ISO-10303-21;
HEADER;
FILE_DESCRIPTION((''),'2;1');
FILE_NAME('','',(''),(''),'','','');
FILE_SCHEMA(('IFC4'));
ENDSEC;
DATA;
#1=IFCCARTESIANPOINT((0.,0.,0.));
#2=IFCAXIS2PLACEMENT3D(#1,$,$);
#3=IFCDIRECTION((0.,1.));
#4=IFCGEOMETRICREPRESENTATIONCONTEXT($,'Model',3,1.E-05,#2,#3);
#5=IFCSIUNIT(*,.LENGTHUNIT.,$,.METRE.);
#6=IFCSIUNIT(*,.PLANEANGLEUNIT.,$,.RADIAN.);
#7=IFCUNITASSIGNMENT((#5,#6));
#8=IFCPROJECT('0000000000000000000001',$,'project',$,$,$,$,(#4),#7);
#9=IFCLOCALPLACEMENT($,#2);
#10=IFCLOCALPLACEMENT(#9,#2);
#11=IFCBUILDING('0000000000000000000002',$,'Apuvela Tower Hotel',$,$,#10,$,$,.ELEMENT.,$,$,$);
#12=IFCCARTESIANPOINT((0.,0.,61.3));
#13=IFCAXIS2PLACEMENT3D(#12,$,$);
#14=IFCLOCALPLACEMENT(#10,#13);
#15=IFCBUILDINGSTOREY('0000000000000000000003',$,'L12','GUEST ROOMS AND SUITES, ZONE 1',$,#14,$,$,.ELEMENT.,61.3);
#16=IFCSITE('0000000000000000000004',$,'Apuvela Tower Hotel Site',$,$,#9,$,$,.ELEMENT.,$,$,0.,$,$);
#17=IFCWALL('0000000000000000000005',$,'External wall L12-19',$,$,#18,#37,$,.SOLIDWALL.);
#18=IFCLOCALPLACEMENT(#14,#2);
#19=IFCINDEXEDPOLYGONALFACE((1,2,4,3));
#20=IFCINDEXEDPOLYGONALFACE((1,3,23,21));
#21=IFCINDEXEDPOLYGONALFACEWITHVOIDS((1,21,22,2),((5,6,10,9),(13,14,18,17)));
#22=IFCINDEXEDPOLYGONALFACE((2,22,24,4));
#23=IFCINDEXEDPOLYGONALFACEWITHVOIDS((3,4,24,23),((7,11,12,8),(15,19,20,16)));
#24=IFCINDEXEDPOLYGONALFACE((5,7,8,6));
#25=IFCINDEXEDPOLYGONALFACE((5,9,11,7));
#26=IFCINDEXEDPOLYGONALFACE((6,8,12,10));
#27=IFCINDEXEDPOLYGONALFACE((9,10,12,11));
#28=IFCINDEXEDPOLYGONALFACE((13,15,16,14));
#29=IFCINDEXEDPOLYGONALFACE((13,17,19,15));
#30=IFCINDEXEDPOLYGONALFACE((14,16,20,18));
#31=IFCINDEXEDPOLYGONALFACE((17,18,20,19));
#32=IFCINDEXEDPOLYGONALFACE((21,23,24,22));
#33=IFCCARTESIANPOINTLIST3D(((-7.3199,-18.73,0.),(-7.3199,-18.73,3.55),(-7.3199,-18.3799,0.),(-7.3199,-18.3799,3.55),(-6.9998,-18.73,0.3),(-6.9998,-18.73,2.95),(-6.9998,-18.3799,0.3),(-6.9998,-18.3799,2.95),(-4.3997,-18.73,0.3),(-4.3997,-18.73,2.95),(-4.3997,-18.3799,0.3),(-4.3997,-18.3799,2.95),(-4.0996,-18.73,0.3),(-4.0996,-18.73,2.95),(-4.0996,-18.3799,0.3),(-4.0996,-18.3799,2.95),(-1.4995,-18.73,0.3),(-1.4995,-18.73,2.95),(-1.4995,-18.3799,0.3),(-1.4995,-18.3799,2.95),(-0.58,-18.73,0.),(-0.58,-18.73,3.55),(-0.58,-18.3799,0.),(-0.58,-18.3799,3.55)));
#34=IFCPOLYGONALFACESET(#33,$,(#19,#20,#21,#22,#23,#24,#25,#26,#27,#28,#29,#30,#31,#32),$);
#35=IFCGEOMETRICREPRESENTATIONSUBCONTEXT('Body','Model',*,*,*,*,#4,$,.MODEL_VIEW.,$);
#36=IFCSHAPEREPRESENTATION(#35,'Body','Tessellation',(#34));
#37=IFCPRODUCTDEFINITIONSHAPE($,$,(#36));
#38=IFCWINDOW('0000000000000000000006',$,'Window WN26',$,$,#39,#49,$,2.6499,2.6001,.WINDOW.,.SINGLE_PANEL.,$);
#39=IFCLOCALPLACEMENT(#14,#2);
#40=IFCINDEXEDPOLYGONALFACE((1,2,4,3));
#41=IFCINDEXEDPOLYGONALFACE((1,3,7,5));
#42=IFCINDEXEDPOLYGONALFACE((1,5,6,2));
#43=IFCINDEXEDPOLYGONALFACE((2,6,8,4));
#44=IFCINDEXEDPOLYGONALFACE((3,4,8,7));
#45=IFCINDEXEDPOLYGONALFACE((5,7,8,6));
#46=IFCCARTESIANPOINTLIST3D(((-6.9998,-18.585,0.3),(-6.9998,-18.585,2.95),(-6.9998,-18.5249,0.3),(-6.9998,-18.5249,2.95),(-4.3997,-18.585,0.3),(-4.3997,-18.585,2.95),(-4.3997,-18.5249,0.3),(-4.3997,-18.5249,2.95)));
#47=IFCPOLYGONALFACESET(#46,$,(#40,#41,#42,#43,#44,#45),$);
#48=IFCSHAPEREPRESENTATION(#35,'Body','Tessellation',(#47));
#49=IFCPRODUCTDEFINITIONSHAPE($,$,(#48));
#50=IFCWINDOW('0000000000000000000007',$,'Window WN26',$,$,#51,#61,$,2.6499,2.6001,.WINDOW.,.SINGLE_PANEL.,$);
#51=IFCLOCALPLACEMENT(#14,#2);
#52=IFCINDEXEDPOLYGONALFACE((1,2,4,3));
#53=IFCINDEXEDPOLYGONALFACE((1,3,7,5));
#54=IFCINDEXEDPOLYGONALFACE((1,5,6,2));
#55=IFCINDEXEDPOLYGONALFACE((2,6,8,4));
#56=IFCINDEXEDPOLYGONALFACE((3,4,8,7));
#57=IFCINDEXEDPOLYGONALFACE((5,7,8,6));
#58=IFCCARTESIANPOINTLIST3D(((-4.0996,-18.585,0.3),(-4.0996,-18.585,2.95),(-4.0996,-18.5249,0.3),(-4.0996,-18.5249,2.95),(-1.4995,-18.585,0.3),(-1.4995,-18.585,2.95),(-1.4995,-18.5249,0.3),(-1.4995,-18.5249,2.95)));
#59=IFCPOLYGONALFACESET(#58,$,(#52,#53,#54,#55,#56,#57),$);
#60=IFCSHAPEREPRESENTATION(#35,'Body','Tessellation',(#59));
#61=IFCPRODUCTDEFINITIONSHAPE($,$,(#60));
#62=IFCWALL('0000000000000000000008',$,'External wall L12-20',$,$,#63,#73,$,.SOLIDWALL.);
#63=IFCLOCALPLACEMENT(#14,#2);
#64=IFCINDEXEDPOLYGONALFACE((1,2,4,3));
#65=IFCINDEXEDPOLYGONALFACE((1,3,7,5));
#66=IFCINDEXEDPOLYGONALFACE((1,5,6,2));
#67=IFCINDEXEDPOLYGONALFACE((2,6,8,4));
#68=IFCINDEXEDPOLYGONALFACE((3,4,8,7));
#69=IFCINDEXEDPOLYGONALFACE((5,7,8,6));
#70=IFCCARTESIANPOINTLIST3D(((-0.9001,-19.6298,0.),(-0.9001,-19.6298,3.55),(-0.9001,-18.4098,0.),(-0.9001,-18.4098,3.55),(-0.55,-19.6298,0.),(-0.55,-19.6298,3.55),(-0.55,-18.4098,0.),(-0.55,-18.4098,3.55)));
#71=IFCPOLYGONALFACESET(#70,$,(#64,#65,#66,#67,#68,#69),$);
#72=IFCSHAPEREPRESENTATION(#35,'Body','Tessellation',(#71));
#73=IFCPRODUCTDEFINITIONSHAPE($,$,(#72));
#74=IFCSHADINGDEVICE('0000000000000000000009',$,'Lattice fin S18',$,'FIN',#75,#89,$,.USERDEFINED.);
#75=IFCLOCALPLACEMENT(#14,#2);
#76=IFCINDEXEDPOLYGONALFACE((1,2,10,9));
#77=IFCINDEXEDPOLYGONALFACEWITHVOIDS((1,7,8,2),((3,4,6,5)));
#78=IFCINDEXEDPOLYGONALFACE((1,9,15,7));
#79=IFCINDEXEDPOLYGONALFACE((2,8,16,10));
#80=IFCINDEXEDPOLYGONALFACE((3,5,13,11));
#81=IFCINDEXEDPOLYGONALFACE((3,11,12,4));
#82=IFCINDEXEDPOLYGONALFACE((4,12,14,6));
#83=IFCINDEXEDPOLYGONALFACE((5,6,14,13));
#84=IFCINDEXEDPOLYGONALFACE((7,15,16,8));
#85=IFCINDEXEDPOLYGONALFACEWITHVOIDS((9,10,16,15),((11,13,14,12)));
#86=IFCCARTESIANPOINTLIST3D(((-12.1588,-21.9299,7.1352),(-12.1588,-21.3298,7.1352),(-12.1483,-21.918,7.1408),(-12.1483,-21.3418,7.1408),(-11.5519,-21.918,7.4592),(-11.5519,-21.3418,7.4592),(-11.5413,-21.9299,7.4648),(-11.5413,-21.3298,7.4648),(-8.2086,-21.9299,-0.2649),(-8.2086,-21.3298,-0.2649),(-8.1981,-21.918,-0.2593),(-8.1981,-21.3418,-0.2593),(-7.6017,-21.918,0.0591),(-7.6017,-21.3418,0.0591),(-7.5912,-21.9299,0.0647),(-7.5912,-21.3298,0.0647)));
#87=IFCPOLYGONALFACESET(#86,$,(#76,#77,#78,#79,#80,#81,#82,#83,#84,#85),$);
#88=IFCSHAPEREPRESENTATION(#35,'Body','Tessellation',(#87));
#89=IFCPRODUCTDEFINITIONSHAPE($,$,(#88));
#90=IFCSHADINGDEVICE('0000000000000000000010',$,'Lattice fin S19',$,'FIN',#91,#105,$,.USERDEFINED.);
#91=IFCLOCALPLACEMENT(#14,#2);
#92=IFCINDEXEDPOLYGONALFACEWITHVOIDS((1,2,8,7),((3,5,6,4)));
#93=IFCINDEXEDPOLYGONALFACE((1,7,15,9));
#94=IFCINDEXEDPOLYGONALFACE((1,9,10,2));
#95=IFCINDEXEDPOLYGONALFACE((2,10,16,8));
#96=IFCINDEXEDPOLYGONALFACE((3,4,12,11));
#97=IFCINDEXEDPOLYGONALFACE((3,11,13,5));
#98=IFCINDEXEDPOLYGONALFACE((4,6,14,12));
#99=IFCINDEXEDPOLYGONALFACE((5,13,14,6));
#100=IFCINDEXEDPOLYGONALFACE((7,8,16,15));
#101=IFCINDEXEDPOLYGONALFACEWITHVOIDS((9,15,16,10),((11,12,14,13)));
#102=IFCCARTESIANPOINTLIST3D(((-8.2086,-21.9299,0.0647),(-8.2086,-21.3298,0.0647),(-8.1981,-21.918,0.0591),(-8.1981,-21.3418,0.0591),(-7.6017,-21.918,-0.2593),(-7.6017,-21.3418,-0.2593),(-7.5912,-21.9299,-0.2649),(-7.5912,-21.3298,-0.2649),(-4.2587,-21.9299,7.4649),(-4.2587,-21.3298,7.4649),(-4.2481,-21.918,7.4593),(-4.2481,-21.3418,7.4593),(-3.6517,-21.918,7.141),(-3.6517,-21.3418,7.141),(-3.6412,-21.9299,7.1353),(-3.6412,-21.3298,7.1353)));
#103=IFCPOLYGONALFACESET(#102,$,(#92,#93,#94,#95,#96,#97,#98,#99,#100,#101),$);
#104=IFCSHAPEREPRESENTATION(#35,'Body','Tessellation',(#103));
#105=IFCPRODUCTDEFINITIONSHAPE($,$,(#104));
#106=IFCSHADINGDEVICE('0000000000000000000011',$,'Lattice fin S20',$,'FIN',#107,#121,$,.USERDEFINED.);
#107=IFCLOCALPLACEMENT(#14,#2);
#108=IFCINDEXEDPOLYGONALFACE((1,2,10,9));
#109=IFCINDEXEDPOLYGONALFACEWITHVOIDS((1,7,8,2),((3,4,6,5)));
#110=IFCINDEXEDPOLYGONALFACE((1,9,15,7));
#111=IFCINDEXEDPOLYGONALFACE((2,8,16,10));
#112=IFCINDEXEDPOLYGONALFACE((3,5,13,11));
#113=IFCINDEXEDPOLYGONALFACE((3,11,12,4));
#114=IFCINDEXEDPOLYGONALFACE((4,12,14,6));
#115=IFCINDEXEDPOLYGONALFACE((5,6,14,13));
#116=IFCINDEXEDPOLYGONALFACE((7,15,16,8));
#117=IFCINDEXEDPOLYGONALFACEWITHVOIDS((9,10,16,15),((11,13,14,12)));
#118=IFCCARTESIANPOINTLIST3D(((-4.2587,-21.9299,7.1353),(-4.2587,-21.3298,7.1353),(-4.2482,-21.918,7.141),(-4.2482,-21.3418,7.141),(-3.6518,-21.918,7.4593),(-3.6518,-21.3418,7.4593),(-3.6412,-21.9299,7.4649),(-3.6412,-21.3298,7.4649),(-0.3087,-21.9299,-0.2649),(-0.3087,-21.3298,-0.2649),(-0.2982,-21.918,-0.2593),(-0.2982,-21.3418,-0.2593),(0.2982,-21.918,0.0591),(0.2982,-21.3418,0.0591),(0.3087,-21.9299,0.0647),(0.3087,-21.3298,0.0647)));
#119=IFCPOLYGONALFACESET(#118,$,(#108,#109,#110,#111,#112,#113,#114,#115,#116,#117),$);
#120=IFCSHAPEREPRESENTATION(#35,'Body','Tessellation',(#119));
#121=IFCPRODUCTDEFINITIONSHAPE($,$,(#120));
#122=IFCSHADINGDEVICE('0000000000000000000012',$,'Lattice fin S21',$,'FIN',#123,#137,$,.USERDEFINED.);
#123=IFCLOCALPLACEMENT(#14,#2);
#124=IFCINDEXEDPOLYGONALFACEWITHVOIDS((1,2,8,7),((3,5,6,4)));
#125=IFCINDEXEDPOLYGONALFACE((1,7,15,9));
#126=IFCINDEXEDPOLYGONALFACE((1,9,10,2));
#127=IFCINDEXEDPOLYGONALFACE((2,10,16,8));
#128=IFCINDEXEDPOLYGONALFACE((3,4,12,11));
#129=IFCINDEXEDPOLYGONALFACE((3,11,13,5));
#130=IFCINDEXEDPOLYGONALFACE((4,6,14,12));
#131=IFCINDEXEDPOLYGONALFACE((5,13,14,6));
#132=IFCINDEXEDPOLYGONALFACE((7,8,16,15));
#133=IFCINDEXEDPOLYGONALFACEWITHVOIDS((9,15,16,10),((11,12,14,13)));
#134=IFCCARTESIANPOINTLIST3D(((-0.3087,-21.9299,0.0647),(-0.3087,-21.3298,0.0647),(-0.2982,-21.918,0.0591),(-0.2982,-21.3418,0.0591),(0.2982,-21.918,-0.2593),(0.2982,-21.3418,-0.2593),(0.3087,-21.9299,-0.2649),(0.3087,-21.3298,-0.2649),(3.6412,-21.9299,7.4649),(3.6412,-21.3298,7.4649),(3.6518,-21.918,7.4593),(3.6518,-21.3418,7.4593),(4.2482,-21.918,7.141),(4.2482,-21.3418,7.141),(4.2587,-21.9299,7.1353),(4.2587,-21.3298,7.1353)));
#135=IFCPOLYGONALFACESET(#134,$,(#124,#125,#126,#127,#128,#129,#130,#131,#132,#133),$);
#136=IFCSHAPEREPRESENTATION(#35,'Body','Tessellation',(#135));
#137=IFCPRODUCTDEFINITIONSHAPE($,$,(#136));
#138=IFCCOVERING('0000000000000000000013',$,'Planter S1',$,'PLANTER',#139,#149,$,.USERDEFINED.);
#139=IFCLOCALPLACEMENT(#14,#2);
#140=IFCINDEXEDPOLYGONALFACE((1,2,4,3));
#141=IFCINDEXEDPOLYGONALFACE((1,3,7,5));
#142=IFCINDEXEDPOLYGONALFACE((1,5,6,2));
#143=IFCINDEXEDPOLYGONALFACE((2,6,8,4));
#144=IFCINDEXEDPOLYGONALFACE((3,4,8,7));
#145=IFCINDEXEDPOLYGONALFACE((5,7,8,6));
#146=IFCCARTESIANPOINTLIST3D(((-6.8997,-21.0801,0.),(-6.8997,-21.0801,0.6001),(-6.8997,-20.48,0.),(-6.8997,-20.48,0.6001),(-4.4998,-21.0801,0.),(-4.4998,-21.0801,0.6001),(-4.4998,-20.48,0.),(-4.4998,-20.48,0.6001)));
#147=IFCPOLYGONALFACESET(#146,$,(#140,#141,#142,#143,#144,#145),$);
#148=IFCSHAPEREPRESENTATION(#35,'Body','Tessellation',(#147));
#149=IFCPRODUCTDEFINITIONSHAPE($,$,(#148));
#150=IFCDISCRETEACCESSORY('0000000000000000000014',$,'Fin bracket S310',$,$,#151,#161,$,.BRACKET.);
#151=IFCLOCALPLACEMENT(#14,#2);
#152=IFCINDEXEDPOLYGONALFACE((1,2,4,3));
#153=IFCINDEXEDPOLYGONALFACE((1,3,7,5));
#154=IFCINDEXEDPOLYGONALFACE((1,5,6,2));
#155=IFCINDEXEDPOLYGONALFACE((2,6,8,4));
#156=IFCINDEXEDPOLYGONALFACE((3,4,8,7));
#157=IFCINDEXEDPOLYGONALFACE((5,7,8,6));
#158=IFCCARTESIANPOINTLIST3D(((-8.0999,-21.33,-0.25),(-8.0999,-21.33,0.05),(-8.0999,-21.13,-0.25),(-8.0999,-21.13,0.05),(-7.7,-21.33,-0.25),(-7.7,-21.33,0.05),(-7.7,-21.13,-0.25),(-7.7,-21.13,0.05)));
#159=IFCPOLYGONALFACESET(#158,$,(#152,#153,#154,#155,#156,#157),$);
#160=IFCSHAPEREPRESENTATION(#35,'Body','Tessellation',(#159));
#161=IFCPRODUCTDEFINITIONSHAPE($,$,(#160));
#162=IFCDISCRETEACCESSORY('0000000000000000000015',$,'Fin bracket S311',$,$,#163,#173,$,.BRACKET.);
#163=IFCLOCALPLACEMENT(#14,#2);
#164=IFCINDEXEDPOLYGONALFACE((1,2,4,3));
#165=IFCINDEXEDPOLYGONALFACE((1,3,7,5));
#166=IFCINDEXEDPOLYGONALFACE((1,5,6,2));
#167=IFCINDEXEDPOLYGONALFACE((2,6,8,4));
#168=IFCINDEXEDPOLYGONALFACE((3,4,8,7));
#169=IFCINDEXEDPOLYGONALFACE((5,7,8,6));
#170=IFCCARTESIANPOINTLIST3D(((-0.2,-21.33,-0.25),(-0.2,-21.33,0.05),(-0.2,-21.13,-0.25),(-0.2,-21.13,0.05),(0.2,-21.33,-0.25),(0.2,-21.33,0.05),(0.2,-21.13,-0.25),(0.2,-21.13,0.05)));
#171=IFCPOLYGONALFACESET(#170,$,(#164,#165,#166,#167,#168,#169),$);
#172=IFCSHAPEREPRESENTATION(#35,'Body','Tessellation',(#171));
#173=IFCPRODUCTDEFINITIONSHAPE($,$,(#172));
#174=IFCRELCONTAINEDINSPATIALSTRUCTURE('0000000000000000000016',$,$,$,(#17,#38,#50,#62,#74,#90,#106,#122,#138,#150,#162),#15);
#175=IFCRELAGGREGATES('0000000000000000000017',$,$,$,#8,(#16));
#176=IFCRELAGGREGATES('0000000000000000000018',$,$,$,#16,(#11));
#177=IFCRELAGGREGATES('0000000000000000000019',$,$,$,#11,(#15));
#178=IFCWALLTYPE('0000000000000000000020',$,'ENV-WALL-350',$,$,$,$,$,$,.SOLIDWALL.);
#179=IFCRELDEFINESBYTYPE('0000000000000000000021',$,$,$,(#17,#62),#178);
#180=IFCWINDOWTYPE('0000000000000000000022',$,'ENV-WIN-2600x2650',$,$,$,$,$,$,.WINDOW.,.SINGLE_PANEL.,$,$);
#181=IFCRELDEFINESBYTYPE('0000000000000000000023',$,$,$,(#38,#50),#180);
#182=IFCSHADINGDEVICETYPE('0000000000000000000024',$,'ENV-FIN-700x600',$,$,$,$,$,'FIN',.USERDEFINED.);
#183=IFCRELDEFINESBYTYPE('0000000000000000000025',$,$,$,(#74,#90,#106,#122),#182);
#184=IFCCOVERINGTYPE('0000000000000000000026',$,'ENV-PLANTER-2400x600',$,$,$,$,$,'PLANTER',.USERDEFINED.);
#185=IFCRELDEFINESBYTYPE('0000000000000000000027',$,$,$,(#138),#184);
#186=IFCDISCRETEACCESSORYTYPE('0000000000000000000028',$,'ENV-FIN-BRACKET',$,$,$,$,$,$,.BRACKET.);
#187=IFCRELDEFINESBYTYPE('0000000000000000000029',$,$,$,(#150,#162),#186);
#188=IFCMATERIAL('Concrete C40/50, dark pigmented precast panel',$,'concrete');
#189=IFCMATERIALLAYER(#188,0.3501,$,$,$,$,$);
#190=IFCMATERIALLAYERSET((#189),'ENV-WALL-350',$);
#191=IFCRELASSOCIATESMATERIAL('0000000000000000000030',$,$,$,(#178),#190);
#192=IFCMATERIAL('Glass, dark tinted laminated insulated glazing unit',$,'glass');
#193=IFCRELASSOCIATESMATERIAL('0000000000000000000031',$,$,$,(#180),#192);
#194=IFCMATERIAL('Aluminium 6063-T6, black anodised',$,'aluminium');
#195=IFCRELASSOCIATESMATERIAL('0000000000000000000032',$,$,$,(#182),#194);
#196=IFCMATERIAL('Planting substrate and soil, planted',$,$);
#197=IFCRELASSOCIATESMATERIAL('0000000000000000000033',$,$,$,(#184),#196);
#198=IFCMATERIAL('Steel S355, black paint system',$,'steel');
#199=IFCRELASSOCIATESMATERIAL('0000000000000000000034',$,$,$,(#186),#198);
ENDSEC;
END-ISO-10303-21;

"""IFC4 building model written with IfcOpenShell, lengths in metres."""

from ifc_helpers import new_model, si_unit, direction, frame, frame_2d, origin, origin_2d, place, context, subcontext, project, spatial, rectangle, hollow_rectangle, extrude, material, layer, layer_set, material_profile, profile_set, type_object, element, fill, save


model = new_model("IFC4")

# Units and contexts
model_context = context("Model", 3, precision=1e-05, world=origin(), true_north=direction((0.0, 1.0)))
body_context = subcontext(model_context, "Body", "Model", "MODEL_VIEW")
ifc_project = project(units=[si_unit("LENGTHUNIT", "METRE"), si_unit("PLANEANGLEUNIT", "RADIAN")], contexts=[model_context])

# Site, building, storey
site_placement = place(None, origin())
site = spatial("IfcSite", under=ifc_project, at=site_placement, Name="Apuvela Tower Hotel Site", CompositionType="ELEMENT", RefElevation=0.0)
building_placement = place(site_placement, origin())
building = spatial("IfcBuilding", under=site, at=building_placement, Name="Apuvela Tower Hotel", CompositionType="ELEMENT")
storey_placement = place(building_placement, frame((0.0, 0.0, 61.3)))
storey = spatial("IfcBuildingStorey", under=building, at=storey_placement, Name="L12", Description="GUEST ROOMS AND SUITES, ZONE 1", CompositionType="ELEMENT", Elevation=61.3)

# Shared definitions
ifc_material_1 = material(Name="Concrete C40/50, dark pigmented precast panel", Category="concrete")
ifc_layer = layer(ifc_material_1, 0.3501)
ifc_layer_set = layer_set([ifc_layer], Name="ENV-WALL-350")
wall_type = type_object("IfcWallType", Name="ENV-WALL-350", PredefinedType="SOLIDWALL", material=ifc_layer_set)

# Wall, openings, windows
wall_1_placement = place(storey_placement, frame((-7.3201, -18.5549, 0.0), z_axis=(0.0, 0.0, 1.0), x_axis=(1.0, 0.0, 0.0)))
wall_1 = element("IfcWall", 1, at=wall_1_placement, inside=storey, type_object=wall_type, Name="External wall L12-19", PredefinedType="SOLIDWALL", context=body_context, shape_type="SweptSolid", body=[
    extrude(rectangle(XDim=6.74, YDim=0.3501, at=frame_2d((3.3701, 0.0))), origin(), (0.0, 0.0, 1.0), 3.55),
])
opening_1_placement = place(wall_1_placement, frame((0.3203, 0.0, 0.3)))
opening_1 = element("IfcOpeningElement", 2, at=opening_1_placement, cuts=wall_1, PredefinedType="OPENING", context=body_context, shape_type="SweptSolid", body=[
    extrude(rectangle(XDim=2.6001, YDim=2.6499, at=frame_2d((1.3, 1.325))), frame((0.0, 0.1851, 0.0), z_axis=(0.0, -1.0, 0.0), x_axis=(1.0, 0.0, 0.0)), (0.0, 0.0, 1.0), 0.3701),
])
opening_2_placement = place(wall_1_placement, frame((3.2205, 0.0, 0.3)))
opening_2 = element("IfcOpeningElement", 3, at=opening_2_placement, cuts=wall_1, PredefinedType="OPENING", context=body_context, shape_type="SweptSolid", body=[
    extrude(rectangle(XDim=2.6001, YDim=2.6499, at=frame_2d((1.3, 1.325))), frame((0.0, 0.1851, 0.0), z_axis=(0.0, -1.0, 0.0), x_axis=(1.0, 0.0, 0.0)), (0.0, 0.0, 1.0), 0.3701),
])
ifc_material_2 = material(Name="Glass, dark tinted laminated insulated glazing unit", Category="glass")
window_type_1 = type_object("IfcWindowType", Name="ENV-WIN-2600x2650", PartitioningType="SINGLE_PANEL", PredefinedType="WINDOW", material=ifc_material_2)
window_1_placement = place(opening_1_placement, origin())
window_1 = element("IfcWindow", 4, at=window_1_placement, inside=storey, type_object=window_type_1, Name="Window WN26", OverallHeight=2.6499, OverallWidth=2.6001, PartitioningType="SINGLE_PANEL", PredefinedType="WINDOW", context=body_context, shape_type="SweptSolid", body=[
    extrude(rectangle(XDim=2.6001, YDim=2.6499, at=frame_2d((1.3, 1.325))), frame((0.0, 0.03, 0.0), z_axis=(0.0, -1.0, 0.0), x_axis=(1.0, 0.0, 0.0)), (0.0, 0.0, 1.0), 0.0601),
])
fill(opening_1, window_1)
window_2_placement = place(opening_2_placement, origin())
window_2 = element("IfcWindow", 5, at=window_2_placement, inside=storey, type_object=window_type_1, Name="Window WN26", OverallHeight=2.6499, OverallWidth=2.6001, PartitioningType="SINGLE_PANEL", PredefinedType="WINDOW", context=body_context, shape_type="SweptSolid", body=[
    extrude(rectangle(XDim=2.6001, YDim=2.6499, at=frame_2d((1.3, 1.325))), frame((0.0, 0.03, 0.0), z_axis=(0.0, -1.0, 0.0), x_axis=(1.0, 0.0, 0.0)), (0.0, 0.0, 1.0), 0.0601),
])
fill(opening_2, window_2)

# Wall
wall_2_placement = place(storey_placement, frame((-0.7251, -18.4099, 0.0), z_axis=(0.0, 0.0, 1.0), x_axis=(0.0, -1.0, 0.0)))
element("IfcWall", 6, at=wall_2_placement, inside=storey, type_object=wall_type, Name="External wall L12-20", PredefinedType="SOLIDWALL", context=body_context, shape_type="SweptSolid", body=[
    extrude(rectangle(XDim=1.22, YDim=0.3501, at=frame_2d((0.6099, 0.0))), origin(), (0.0, 0.0, 1.0), 3.55),
])

# Shading devices
ifc_material_3 = material(Name="Aluminium 6063-T6, black anodised", Category="aluminium")
ifc_material_profile_1 = material_profile(ifc_material_3, hollow_rectangle(XDim=0.6001, YDim=0.7, WallThickness=0.012, at=origin_2d()), Name="AL BOX 700x600x12")
ifc_profile_set_1 = profile_set([ifc_material_profile_1], Name="Aluminium 6063-T6, black anodised")
shading_device_type = type_object("IfcShadingDeviceType", Name="ENV-FIN-700x600", ElementType="FIN", PredefinedType="USERDEFINED", material=ifc_profile_set_1)
for number, where, z_axis, x_axis, name in (
    (7, (-7.8999, -21.6299, -0.1001), (-0.470908, 0.0, 0.882182), (0.0, -1.0, 0.0), "Lattice fin S18"),
    (8, (-7.8999, -21.6299, -0.1001), (0.470886, 0.0, 0.882194), (0.0, 1.0, 0.0), "Lattice fin S19"),
    (9, (0.0, -21.6299, -0.1001), (-0.470886, 0.0, 0.882194), (0.0, -1.0, 0.0), "Lattice fin S20"),
    (10, (0.0, -21.6299, -0.1001), (0.470886, 0.0, 0.882194), (0.0, 1.0, 0.0), "Lattice fin S21"),
):
    element("IfcShadingDevice", number, at=place(storey_placement, frame(where, z_axis=z_axis, x_axis=x_axis)), inside=storey, type_object=shading_device_type, Name=name, ObjectType="FIN", PredefinedType="USERDEFINED", context=body_context, shape_type="SweptSolid", body=[
        extrude(hollow_rectangle(XDim=0.6001, YDim=0.7, WallThickness=0.012, at=origin_2d()), origin(), (0.0, 0.0, 1.0), 8.3884),
    ])

# Covering
ifc_material_4 = material(Name="Planting substrate and soil, planted")
covering_type = type_object("IfcCoveringType", Name="ENV-PLANTER-2400x600", ElementType="PLANTER", PredefinedType="USERDEFINED", material=ifc_material_4)
covering_placement = place(storey_placement, frame((-5.6997, -20.78, 0.0), z_axis=(0.0, 0.0, 1.0), x_axis=(1.0, 0.0, 0.0)))
element("IfcCovering", 11, at=covering_placement, inside=storey, type_object=covering_type, Name="Planter S1", ObjectType="PLANTER", PredefinedType="USERDEFINED", context=body_context, shape_type="SweptSolid", body=[
    extrude(rectangle(XDim=2.3999, YDim=0.6001, at=origin_2d()), origin(), (0.0, 0.0, 1.0), 0.6001),
])

# Discrete accessories
ifc_material_5 = material(Name="Steel S355, black paint system", Category="steel")
discrete_accessory_type = type_object("IfcDiscreteAccessoryType", Name="ENV-FIN-BRACKET", PredefinedType="BRACKET", material=ifc_material_5)
for number, where, z_axis, x_axis, name in (
    (12, (-7.8999, -21.23, -0.25), (0.0, 0.0, 1.0), (1.0, 0.0, 0.0), "Fin bracket S310"),
    (13, (0.0, -21.23, -0.25), (0.0, 0.0, 1.0), (1.0, 0.0, 0.0), "Fin bracket S311"),
):
    element("IfcDiscreteAccessory", number, at=place(storey_placement, frame(where, z_axis=z_axis, x_axis=x_axis)), inside=storey, type_object=discrete_accessory_type, Name=name, PredefinedType="BRACKET", context=body_context, shape_type="SweptSolid", body=[
        extrude(rectangle(XDim=0.3999, YDim=0.2, at=origin_2d()), origin(), (0.0, 0.0, 1.0), 0.3),
    ])

save(model, "model.ifc")
